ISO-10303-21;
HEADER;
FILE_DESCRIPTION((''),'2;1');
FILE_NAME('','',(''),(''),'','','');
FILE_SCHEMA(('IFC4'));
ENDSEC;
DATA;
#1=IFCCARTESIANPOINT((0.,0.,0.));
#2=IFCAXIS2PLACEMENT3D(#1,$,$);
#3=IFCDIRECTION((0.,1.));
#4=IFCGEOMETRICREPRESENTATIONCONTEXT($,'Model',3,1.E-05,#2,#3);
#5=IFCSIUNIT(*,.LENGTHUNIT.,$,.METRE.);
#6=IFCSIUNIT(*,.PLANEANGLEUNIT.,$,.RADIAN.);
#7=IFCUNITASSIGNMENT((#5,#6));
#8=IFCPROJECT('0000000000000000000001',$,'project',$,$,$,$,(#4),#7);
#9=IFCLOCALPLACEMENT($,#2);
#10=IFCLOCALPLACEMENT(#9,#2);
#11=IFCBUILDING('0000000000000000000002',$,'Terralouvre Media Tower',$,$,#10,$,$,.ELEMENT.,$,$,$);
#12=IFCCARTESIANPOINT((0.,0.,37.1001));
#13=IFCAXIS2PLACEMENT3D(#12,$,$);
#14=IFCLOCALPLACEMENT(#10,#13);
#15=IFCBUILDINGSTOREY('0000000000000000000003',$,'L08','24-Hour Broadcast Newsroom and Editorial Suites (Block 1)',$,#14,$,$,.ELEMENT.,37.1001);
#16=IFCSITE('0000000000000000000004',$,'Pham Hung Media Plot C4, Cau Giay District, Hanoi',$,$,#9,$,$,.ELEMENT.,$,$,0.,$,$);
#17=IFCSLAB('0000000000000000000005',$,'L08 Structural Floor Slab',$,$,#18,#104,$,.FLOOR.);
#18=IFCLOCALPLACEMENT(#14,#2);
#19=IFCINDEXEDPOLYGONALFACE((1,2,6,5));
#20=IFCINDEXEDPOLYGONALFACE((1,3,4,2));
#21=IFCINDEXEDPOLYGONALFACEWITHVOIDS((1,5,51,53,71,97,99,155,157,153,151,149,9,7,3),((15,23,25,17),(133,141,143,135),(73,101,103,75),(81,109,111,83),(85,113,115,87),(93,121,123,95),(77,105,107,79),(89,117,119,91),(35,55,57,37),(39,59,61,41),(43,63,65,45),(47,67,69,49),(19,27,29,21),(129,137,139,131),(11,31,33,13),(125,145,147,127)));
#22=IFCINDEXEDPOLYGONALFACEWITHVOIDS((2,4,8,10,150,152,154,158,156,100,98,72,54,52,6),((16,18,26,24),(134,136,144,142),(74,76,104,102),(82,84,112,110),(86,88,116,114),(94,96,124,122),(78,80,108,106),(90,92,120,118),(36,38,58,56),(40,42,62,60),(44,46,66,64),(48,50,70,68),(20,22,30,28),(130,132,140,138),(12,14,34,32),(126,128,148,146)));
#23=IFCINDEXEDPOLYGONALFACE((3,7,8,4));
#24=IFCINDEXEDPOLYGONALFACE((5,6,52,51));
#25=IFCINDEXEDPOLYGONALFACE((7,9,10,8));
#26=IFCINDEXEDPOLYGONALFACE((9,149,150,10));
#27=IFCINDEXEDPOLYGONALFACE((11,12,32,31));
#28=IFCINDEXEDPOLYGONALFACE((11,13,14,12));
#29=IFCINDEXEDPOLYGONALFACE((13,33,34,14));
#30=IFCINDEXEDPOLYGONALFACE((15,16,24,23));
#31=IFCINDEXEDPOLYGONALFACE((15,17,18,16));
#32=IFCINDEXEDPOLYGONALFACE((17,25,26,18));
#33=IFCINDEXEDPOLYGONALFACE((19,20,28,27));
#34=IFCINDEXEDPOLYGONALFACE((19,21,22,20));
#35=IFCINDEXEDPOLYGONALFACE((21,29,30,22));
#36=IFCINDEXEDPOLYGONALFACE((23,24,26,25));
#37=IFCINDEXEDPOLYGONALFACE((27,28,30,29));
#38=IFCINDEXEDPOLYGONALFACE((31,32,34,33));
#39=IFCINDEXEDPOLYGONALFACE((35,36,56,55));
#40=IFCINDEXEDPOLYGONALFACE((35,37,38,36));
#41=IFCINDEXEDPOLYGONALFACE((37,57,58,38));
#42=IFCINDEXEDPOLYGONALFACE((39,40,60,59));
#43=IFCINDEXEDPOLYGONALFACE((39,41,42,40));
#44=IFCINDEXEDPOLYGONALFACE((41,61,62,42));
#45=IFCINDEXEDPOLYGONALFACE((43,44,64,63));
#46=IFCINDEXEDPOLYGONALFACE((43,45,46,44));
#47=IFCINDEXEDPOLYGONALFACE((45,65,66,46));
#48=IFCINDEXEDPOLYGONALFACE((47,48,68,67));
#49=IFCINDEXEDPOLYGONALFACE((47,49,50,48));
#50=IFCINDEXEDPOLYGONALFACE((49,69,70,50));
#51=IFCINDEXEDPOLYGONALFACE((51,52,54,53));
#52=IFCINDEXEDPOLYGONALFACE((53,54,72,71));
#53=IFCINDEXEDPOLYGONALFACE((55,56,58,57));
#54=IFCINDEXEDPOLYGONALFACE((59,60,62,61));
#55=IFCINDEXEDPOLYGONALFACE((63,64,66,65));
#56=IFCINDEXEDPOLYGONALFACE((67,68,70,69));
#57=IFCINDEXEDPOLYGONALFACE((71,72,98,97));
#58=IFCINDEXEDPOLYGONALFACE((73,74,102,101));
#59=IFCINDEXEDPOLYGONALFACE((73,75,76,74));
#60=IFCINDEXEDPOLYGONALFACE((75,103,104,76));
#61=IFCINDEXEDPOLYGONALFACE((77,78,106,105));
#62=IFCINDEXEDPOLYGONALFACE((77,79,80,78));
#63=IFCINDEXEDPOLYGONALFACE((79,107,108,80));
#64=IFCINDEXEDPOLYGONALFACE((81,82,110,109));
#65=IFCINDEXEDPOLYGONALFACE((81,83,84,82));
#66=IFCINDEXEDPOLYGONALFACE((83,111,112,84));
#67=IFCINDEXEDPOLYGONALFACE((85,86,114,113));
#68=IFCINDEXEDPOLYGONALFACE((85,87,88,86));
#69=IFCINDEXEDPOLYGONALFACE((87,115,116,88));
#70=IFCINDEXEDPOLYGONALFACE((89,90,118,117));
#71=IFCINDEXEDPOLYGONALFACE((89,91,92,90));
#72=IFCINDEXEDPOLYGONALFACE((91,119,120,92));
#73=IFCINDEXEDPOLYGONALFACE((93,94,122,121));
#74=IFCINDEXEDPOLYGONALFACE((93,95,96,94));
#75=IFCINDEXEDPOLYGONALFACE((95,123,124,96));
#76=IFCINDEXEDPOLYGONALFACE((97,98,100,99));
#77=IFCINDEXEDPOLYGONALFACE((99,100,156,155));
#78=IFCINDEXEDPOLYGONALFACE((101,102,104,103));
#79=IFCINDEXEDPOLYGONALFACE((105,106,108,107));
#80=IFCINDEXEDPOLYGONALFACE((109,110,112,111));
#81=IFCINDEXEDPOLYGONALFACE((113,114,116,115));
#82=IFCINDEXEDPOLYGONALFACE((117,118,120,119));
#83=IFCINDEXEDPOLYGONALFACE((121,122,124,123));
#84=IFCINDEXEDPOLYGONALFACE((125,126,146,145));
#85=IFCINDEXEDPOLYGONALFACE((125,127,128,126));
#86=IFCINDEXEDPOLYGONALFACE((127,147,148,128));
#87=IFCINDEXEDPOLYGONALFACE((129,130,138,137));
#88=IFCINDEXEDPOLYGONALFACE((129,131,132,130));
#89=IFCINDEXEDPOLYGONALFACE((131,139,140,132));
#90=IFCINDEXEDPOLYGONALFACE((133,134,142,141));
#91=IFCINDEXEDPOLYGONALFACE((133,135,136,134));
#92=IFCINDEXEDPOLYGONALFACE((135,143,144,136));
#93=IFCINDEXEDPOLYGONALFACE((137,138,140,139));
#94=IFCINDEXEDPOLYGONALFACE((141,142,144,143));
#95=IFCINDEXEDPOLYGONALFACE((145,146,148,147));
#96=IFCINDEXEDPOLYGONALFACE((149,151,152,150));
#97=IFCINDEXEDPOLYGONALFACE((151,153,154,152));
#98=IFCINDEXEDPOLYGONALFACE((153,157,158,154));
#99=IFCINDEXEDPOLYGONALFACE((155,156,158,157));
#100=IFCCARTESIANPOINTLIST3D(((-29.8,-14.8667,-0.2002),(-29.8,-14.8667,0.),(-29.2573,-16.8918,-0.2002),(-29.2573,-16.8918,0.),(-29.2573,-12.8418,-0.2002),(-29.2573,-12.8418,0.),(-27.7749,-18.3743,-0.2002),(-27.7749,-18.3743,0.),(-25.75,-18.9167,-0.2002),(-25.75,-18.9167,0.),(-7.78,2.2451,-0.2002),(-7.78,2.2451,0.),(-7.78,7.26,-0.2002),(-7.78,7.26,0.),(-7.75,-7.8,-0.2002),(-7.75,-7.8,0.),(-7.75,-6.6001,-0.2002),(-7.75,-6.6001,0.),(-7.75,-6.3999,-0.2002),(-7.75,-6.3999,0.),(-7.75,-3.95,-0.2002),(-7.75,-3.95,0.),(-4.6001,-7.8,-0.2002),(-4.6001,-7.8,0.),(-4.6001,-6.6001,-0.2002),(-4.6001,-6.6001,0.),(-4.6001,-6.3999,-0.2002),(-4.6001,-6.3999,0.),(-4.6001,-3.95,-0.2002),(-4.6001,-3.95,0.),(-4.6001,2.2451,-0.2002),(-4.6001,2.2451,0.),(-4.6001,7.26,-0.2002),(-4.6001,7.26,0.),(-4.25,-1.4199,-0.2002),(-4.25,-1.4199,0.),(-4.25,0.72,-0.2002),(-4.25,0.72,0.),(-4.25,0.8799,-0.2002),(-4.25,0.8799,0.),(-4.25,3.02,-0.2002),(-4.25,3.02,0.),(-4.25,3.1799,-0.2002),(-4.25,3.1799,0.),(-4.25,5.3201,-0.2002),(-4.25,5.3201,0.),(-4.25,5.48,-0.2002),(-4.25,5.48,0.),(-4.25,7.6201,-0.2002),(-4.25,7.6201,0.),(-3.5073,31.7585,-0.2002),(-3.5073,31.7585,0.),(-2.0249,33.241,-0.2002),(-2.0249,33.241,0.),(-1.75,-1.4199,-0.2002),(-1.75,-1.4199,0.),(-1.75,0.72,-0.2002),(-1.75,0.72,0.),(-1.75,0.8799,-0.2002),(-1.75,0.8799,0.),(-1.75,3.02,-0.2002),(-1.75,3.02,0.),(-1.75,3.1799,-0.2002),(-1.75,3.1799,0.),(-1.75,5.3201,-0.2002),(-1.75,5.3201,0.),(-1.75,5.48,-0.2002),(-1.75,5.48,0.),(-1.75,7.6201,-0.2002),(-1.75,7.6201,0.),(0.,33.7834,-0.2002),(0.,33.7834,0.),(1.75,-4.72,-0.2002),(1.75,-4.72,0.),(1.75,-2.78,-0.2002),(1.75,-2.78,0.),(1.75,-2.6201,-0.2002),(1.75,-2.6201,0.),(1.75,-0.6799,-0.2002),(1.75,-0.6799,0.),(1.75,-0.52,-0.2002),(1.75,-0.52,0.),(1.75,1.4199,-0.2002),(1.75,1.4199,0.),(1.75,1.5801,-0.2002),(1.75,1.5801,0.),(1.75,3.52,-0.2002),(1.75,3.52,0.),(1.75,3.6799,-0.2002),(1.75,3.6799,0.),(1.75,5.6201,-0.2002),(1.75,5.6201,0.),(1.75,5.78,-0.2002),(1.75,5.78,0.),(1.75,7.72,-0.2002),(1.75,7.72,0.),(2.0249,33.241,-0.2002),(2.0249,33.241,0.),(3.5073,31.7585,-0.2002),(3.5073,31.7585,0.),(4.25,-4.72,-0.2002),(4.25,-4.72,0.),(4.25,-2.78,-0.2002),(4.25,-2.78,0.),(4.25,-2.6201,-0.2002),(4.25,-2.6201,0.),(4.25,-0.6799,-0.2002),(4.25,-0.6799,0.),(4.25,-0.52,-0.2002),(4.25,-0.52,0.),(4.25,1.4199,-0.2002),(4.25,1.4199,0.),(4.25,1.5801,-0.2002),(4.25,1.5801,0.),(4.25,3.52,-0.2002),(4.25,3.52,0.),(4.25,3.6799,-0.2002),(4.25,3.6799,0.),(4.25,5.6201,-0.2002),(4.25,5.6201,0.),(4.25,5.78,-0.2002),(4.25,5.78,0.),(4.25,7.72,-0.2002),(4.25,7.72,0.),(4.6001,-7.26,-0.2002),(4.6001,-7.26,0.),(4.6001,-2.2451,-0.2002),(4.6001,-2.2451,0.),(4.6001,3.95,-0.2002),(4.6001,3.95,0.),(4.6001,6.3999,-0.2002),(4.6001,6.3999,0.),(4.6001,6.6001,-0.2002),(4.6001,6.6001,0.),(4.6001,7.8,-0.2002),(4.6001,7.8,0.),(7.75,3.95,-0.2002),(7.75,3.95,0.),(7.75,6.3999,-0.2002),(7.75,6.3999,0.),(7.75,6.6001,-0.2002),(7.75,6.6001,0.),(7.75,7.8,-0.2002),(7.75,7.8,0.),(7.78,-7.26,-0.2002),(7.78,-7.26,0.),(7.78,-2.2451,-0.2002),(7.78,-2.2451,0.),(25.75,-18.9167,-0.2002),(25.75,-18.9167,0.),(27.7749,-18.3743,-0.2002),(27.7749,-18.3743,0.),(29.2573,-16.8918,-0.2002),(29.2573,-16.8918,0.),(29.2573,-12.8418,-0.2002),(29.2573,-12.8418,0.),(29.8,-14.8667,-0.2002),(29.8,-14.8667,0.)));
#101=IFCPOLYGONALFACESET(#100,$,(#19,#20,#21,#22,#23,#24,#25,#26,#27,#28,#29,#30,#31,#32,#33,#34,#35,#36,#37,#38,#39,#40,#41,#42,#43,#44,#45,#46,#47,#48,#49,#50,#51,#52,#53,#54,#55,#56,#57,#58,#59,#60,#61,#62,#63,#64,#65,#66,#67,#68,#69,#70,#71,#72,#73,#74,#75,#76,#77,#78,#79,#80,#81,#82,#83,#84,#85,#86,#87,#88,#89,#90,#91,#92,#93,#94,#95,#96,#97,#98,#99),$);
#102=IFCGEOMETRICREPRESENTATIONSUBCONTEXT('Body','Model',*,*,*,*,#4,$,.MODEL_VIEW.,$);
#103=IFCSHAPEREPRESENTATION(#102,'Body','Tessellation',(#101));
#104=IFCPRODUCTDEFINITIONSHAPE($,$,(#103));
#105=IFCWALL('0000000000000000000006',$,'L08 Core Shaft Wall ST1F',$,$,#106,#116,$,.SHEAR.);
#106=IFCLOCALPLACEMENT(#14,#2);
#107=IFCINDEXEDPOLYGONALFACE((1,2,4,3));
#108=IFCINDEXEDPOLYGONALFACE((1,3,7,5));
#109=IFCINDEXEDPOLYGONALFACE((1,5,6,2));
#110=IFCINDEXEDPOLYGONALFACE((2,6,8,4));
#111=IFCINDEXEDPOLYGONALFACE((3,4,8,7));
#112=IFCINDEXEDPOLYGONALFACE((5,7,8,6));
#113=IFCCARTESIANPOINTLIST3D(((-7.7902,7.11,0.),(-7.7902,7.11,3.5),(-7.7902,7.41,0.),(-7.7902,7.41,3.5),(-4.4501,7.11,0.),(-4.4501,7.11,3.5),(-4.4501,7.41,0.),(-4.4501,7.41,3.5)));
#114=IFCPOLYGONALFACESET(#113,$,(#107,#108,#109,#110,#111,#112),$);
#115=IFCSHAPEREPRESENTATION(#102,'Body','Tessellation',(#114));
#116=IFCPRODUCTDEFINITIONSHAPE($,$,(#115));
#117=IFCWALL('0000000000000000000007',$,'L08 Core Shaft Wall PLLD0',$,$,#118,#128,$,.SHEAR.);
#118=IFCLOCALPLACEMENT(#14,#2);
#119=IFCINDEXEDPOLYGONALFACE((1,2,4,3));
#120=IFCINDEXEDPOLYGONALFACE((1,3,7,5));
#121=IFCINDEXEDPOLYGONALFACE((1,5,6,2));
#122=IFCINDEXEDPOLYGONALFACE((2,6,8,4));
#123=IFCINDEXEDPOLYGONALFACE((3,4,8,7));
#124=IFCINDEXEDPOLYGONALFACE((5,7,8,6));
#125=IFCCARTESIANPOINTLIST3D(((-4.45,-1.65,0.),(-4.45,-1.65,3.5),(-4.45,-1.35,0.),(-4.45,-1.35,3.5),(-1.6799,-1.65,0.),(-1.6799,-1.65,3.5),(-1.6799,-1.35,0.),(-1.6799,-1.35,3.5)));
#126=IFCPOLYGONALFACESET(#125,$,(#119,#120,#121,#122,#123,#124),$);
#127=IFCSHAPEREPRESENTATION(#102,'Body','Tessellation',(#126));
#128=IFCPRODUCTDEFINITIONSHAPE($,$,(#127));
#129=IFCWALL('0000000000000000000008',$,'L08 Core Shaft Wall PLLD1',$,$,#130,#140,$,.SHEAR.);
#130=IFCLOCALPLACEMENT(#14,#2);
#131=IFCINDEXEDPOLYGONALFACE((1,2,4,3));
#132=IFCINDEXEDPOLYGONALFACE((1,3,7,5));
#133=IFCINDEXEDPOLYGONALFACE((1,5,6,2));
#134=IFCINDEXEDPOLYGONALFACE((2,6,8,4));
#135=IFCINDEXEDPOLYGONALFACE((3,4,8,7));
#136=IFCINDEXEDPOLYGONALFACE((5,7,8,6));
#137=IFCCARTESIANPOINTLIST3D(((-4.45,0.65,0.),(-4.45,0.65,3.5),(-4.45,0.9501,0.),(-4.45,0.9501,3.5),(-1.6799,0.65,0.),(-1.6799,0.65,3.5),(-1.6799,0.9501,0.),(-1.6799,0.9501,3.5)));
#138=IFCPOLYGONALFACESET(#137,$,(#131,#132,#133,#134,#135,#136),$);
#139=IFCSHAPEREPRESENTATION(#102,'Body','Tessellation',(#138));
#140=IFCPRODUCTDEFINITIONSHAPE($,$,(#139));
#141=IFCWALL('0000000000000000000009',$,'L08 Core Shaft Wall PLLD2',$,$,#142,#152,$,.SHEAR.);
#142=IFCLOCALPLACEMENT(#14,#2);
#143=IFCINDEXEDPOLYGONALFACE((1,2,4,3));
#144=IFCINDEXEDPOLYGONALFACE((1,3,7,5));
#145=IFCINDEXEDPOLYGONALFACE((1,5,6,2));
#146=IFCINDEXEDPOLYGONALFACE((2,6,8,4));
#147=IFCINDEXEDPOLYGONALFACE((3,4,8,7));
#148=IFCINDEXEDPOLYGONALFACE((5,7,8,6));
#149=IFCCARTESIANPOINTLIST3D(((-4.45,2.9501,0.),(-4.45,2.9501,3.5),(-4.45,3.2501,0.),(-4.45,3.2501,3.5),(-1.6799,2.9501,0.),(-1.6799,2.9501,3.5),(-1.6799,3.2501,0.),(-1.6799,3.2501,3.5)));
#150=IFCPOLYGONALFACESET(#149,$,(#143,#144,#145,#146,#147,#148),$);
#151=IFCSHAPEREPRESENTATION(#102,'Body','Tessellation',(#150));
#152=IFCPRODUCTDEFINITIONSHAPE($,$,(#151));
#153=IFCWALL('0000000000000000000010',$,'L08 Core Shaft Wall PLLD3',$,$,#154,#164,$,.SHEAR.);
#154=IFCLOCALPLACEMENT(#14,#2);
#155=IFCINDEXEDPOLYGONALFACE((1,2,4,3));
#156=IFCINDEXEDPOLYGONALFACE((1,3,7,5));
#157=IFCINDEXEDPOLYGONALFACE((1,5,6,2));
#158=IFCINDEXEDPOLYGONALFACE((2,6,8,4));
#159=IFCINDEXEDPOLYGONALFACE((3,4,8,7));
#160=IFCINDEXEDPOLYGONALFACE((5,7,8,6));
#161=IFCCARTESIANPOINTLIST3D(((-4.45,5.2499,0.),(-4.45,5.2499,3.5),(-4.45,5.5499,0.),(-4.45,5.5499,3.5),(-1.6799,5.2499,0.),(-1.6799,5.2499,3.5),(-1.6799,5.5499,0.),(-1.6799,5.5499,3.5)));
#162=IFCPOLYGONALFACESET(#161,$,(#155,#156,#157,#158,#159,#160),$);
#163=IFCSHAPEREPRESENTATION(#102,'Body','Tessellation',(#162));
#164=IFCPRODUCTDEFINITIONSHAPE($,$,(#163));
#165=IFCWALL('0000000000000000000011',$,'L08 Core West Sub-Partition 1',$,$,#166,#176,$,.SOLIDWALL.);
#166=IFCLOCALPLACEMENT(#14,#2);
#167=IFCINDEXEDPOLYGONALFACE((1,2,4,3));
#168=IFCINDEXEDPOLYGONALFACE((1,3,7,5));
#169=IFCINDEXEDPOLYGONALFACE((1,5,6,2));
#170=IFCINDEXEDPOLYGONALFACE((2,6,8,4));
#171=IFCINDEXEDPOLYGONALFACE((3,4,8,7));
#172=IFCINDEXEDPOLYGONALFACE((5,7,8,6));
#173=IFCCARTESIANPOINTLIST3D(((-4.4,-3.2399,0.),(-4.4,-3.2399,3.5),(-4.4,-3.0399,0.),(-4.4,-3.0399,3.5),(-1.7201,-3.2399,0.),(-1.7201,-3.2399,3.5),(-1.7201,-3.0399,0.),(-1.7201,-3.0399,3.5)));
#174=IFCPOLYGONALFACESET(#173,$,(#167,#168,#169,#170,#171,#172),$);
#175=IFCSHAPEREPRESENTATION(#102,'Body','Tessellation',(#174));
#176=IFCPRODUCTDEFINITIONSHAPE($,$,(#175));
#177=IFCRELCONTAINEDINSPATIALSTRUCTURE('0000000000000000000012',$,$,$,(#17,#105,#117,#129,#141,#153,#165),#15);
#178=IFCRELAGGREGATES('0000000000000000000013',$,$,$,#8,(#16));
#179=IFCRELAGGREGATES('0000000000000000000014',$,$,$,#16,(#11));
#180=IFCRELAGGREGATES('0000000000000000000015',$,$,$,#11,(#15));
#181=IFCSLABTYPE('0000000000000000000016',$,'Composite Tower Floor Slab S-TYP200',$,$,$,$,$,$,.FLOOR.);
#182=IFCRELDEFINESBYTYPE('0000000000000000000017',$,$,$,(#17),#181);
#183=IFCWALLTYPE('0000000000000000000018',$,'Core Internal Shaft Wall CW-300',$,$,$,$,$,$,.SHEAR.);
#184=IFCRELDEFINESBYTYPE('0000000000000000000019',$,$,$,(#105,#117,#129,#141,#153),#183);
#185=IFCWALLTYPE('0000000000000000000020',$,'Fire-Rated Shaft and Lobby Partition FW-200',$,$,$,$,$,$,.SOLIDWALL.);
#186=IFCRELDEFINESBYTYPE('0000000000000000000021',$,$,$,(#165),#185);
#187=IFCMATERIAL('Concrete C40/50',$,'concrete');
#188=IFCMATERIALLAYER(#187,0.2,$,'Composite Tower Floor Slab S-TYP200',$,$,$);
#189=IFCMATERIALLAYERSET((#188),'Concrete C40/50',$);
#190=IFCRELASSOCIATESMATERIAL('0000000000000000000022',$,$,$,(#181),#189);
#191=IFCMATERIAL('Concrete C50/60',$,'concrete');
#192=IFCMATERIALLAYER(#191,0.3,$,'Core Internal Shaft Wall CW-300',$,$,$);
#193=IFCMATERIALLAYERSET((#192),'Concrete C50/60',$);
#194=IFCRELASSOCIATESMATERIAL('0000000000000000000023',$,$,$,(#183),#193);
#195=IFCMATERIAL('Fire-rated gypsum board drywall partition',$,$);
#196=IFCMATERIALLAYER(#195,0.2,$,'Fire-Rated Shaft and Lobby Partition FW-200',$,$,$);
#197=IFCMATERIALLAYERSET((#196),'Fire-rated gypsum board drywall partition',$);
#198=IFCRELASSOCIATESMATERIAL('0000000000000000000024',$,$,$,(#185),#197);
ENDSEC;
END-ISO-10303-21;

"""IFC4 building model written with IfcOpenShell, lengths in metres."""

from ifc_helpers import new_model, si_unit, direction, frame, frame_2d, origin, place, context, subcontext, project, spatial, polyline, rectangle, outline, extrude, material, layer, layer_set, type_object, element, save


model = new_model("IFC4")

# Units and contexts
model_context = context("Model", 3, precision=1e-05, world=origin(), true_north=direction((0.0, 1.0)))
body_context = subcontext(model_context, "Body", "Model", "MODEL_VIEW")
ifc_project = project(units=[si_unit("LENGTHUNIT", "METRE"), si_unit("PLANEANGLEUNIT", "RADIAN")], contexts=[model_context])

# Site, building, storey
site_placement = place(None, origin())
site = spatial("IfcSite", under=ifc_project, at=site_placement, Name="Pham Hung Media Plot C4, Cau Giay District, Hanoi", CompositionType="ELEMENT", RefElevation=0.0)
building_placement = place(site_placement, origin())
building = spatial("IfcBuilding", under=site, at=building_placement, Name="Terralouvre Media Tower", CompositionType="ELEMENT")
storey_placement = place(building_placement, frame((0.0, 0.0, 37.1001)))
storey = spatial("IfcBuildingStorey", under=building, at=storey_placement, Name="L08", Description="24-Hour Broadcast Newsroom and Editorial Suites (Block 1)", CompositionType="ELEMENT", Elevation=37.1001)

# Slab
ifc_material_1 = material(Name="Concrete C40/50", Category="concrete")
ifc_layer_1 = layer(ifc_material_1, 0.2, Name="Composite Tower Floor Slab S-TYP200")
ifc_layer_set_1 = layer_set([ifc_layer_1], Name="Concrete C40/50")
slab_type = type_object("IfcSlabType", Name="Composite Tower Floor Slab S-TYP200", PredefinedType="FLOOR", material=ifc_layer_set_1)
slab_placement = place(storey_placement, frame((0.0, 0.0, -0.2002)))
element("IfcSlab", 1, at=slab_placement, inside=storey, type_object=slab_type, Name="L08 Structural Floor Slab", PredefinedType="FLOOR", context=body_context, shape_type="SweptSolid", body=[
    extrude(outline(polyline([(-29.2573, -12.8418), (-29.8, -14.8667), (-29.2573, -16.8918), (-27.7749, -18.3743), (-25.75, -18.9167), (25.75, -18.9167), (27.7749, -18.3743), (29.2573, -16.8918), (29.8, -14.8667), (29.2573, -12.8418), (3.5073, 31.7585), (2.0249, 33.241), (0.0, 33.7834), (-2.0249, 33.241), (-3.5073, 31.7585), (-29.2573, -12.8418)]), holes=[polyline([(-4.6001, -7.8), (-7.75, -7.8), (-7.75, -6.6001), (-4.6001, -6.6001), (-4.6001, -7.8)]), polyline([(-4.6001, -6.3999), (-7.75, -6.3999), (-7.75, -3.95), (-4.6001, -3.95), (-4.6001, -6.3999)]), polyline([(-1.75, -1.4199), (-4.25, -1.4199), (-4.25, 0.72), (-1.75, 0.72), (-1.75, -1.4199)]), polyline([(-1.75, 0.8799), (-4.25, 0.8799), (-4.25, 3.02), (-1.75, 3.02), (-1.75, 0.8799)]), polyline([(4.25, 1.5801), (1.75, 1.5801), (1.75, 3.52), (4.25, 3.52), (4.25, 1.5801)]), polyline([(-1.75, 3.1799), (-4.25, 3.1799), (-4.25, 5.3201), (-1.75, 5.3201), (-1.75, 3.1799)]), polyline([(-4.6001, 2.2451), (-7.78, 2.2451), (-7.78, 7.26), (-4.6001, 7.26), (-4.6001, 2.2451)]), polyline([(-1.75, 5.48), (-4.25, 5.48), (-4.25, 7.6201), (-1.75, 7.6201), (-1.75, 5.48)]), polyline([(4.6001, -2.2451), (7.78, -2.2451), (7.78, -7.26), (4.6001, -7.26), (4.6001, -2.2451)]), polyline([(4.25, -4.72), (1.75, -4.72), (1.75, -2.78), (4.25, -2.78), (4.25, -4.72)]), polyline([(4.25, -2.6201), (1.75, -2.6201), (1.75, -0.6799), (4.25, -0.6799), (4.25, -2.6201)]), polyline([(4.25, -0.52), (1.75, -0.52), (1.75, 1.4199), (4.25, 1.4199), (4.25, -0.52)]), polyline([(4.25, 3.6799), (1.75, 3.6799), (1.75, 5.6201), (4.25, 5.6201), (4.25, 3.6799)]), polyline([(7.75, 3.95), (4.6001, 3.95), (4.6001, 6.3999), (7.75, 6.3999), (7.75, 3.95)]), polyline([(4.25, 5.78), (1.75, 5.78), (1.75, 7.72), (4.25, 7.72), (4.25, 5.78)]), polyline([(7.75, 6.6001), (4.6001, 6.6001), (4.6001, 7.8), (7.75, 7.8), (7.75, 6.6001)])]), origin(), (0.0, 0.0, 1.0), 0.2002),
])

# Shared definitions
ifc_material_2 = material(Name="Concrete C50/60", Category="concrete")
ifc_layer_2 = layer(ifc_material_2, 0.3, Name="Core Internal Shaft Wall CW-300")
ifc_layer_set_2 = layer_set([ifc_layer_2], Name="Concrete C50/60")
wall_type_1 = type_object("IfcWallType", Name="Core Internal Shaft Wall CW-300", PredefinedType="SHEAR", material=ifc_layer_set_2)

# Walls
wall_1_placement = place(storey_placement, frame((-7.79, 7.26, 0.0), z_axis=(0.0, 0.0, 1.0), x_axis=(1.0, 0.0, 0.0)))
element("IfcWall", 2, at=wall_1_placement, inside=storey, type_object=wall_type_1, Name="L08 Core Shaft Wall ST1F", PredefinedType="SHEAR", context=body_context, shape_type="SweptSolid", body=[
    extrude(rectangle(XDim=3.3401, YDim=0.3, at=frame_2d((1.6699, 0.0))), origin(), (0.0, 0.0, 1.0), 3.5),
])
for number, where, z_axis, x_axis, name in (
    (3, (-4.45, -1.5, 0.0), (0.0, 0.0, 1.0), (1.0, 0.0, 0.0), "L08 Core Shaft Wall PLLD0"),
    (4, (-4.45, 0.8, 0.0), (0.0, 0.0, 1.0), (1.0, 0.0, 0.0), "L08 Core Shaft Wall PLLD1"),
    (5, (-4.45, 3.1001, 0.0), (0.0, 0.0, 1.0), (1.0, 0.0, 0.0), "L08 Core Shaft Wall PLLD2"),
    (6, (-4.45, 5.3999, 0.0), (0.0, 0.0, 1.0), (1.0, 0.0, 0.0), "L08 Core Shaft Wall PLLD3"),
):
    element("IfcWall", number, at=place(storey_placement, frame(where, z_axis=z_axis, x_axis=x_axis)), inside=storey, type_object=wall_type_1, Name=name, PredefinedType="SHEAR", context=body_context, shape_type="SweptSolid", body=[
        extrude(rectangle(XDim=2.77, YDim=0.3, at=frame_2d((1.385, 0.0))), origin(), (0.0, 0.0, 1.0), 3.5),
    ])

# Wall
ifc_material_3 = material(Name="Fire-rated gypsum board drywall partition")
ifc_layer_3 = layer(ifc_material_3, 0.2, Name="Fire-Rated Shaft and Lobby Partition FW-200")
ifc_layer_set_3 = layer_set([ifc_layer_3], Name="Fire-rated gypsum board drywall partition")
wall_type_2 = type_object("IfcWallType", Name="Fire-Rated Shaft and Lobby Partition FW-200", PredefinedType="SOLIDWALL", material=ifc_layer_set_3)
wall_2_placement = place(storey_placement, frame((-4.3999, -3.1399, 0.0), z_axis=(0.0, 0.0, 1.0), x_axis=(1.0, 0.0, 0.0)))
element("IfcWall", 7, at=wall_2_placement, inside=storey, type_object=wall_type_2, Name="L08 Core West Sub-Partition 1", PredefinedType="SOLIDWALL", context=body_context, shape_type="SweptSolid", body=[
    extrude(rectangle(XDim=2.6799, YDim=0.2, at=frame_2d((1.3398, 0.0))), origin(), (0.0, 0.0, 1.0), 3.5),
])

save(model, "model.ifc")
